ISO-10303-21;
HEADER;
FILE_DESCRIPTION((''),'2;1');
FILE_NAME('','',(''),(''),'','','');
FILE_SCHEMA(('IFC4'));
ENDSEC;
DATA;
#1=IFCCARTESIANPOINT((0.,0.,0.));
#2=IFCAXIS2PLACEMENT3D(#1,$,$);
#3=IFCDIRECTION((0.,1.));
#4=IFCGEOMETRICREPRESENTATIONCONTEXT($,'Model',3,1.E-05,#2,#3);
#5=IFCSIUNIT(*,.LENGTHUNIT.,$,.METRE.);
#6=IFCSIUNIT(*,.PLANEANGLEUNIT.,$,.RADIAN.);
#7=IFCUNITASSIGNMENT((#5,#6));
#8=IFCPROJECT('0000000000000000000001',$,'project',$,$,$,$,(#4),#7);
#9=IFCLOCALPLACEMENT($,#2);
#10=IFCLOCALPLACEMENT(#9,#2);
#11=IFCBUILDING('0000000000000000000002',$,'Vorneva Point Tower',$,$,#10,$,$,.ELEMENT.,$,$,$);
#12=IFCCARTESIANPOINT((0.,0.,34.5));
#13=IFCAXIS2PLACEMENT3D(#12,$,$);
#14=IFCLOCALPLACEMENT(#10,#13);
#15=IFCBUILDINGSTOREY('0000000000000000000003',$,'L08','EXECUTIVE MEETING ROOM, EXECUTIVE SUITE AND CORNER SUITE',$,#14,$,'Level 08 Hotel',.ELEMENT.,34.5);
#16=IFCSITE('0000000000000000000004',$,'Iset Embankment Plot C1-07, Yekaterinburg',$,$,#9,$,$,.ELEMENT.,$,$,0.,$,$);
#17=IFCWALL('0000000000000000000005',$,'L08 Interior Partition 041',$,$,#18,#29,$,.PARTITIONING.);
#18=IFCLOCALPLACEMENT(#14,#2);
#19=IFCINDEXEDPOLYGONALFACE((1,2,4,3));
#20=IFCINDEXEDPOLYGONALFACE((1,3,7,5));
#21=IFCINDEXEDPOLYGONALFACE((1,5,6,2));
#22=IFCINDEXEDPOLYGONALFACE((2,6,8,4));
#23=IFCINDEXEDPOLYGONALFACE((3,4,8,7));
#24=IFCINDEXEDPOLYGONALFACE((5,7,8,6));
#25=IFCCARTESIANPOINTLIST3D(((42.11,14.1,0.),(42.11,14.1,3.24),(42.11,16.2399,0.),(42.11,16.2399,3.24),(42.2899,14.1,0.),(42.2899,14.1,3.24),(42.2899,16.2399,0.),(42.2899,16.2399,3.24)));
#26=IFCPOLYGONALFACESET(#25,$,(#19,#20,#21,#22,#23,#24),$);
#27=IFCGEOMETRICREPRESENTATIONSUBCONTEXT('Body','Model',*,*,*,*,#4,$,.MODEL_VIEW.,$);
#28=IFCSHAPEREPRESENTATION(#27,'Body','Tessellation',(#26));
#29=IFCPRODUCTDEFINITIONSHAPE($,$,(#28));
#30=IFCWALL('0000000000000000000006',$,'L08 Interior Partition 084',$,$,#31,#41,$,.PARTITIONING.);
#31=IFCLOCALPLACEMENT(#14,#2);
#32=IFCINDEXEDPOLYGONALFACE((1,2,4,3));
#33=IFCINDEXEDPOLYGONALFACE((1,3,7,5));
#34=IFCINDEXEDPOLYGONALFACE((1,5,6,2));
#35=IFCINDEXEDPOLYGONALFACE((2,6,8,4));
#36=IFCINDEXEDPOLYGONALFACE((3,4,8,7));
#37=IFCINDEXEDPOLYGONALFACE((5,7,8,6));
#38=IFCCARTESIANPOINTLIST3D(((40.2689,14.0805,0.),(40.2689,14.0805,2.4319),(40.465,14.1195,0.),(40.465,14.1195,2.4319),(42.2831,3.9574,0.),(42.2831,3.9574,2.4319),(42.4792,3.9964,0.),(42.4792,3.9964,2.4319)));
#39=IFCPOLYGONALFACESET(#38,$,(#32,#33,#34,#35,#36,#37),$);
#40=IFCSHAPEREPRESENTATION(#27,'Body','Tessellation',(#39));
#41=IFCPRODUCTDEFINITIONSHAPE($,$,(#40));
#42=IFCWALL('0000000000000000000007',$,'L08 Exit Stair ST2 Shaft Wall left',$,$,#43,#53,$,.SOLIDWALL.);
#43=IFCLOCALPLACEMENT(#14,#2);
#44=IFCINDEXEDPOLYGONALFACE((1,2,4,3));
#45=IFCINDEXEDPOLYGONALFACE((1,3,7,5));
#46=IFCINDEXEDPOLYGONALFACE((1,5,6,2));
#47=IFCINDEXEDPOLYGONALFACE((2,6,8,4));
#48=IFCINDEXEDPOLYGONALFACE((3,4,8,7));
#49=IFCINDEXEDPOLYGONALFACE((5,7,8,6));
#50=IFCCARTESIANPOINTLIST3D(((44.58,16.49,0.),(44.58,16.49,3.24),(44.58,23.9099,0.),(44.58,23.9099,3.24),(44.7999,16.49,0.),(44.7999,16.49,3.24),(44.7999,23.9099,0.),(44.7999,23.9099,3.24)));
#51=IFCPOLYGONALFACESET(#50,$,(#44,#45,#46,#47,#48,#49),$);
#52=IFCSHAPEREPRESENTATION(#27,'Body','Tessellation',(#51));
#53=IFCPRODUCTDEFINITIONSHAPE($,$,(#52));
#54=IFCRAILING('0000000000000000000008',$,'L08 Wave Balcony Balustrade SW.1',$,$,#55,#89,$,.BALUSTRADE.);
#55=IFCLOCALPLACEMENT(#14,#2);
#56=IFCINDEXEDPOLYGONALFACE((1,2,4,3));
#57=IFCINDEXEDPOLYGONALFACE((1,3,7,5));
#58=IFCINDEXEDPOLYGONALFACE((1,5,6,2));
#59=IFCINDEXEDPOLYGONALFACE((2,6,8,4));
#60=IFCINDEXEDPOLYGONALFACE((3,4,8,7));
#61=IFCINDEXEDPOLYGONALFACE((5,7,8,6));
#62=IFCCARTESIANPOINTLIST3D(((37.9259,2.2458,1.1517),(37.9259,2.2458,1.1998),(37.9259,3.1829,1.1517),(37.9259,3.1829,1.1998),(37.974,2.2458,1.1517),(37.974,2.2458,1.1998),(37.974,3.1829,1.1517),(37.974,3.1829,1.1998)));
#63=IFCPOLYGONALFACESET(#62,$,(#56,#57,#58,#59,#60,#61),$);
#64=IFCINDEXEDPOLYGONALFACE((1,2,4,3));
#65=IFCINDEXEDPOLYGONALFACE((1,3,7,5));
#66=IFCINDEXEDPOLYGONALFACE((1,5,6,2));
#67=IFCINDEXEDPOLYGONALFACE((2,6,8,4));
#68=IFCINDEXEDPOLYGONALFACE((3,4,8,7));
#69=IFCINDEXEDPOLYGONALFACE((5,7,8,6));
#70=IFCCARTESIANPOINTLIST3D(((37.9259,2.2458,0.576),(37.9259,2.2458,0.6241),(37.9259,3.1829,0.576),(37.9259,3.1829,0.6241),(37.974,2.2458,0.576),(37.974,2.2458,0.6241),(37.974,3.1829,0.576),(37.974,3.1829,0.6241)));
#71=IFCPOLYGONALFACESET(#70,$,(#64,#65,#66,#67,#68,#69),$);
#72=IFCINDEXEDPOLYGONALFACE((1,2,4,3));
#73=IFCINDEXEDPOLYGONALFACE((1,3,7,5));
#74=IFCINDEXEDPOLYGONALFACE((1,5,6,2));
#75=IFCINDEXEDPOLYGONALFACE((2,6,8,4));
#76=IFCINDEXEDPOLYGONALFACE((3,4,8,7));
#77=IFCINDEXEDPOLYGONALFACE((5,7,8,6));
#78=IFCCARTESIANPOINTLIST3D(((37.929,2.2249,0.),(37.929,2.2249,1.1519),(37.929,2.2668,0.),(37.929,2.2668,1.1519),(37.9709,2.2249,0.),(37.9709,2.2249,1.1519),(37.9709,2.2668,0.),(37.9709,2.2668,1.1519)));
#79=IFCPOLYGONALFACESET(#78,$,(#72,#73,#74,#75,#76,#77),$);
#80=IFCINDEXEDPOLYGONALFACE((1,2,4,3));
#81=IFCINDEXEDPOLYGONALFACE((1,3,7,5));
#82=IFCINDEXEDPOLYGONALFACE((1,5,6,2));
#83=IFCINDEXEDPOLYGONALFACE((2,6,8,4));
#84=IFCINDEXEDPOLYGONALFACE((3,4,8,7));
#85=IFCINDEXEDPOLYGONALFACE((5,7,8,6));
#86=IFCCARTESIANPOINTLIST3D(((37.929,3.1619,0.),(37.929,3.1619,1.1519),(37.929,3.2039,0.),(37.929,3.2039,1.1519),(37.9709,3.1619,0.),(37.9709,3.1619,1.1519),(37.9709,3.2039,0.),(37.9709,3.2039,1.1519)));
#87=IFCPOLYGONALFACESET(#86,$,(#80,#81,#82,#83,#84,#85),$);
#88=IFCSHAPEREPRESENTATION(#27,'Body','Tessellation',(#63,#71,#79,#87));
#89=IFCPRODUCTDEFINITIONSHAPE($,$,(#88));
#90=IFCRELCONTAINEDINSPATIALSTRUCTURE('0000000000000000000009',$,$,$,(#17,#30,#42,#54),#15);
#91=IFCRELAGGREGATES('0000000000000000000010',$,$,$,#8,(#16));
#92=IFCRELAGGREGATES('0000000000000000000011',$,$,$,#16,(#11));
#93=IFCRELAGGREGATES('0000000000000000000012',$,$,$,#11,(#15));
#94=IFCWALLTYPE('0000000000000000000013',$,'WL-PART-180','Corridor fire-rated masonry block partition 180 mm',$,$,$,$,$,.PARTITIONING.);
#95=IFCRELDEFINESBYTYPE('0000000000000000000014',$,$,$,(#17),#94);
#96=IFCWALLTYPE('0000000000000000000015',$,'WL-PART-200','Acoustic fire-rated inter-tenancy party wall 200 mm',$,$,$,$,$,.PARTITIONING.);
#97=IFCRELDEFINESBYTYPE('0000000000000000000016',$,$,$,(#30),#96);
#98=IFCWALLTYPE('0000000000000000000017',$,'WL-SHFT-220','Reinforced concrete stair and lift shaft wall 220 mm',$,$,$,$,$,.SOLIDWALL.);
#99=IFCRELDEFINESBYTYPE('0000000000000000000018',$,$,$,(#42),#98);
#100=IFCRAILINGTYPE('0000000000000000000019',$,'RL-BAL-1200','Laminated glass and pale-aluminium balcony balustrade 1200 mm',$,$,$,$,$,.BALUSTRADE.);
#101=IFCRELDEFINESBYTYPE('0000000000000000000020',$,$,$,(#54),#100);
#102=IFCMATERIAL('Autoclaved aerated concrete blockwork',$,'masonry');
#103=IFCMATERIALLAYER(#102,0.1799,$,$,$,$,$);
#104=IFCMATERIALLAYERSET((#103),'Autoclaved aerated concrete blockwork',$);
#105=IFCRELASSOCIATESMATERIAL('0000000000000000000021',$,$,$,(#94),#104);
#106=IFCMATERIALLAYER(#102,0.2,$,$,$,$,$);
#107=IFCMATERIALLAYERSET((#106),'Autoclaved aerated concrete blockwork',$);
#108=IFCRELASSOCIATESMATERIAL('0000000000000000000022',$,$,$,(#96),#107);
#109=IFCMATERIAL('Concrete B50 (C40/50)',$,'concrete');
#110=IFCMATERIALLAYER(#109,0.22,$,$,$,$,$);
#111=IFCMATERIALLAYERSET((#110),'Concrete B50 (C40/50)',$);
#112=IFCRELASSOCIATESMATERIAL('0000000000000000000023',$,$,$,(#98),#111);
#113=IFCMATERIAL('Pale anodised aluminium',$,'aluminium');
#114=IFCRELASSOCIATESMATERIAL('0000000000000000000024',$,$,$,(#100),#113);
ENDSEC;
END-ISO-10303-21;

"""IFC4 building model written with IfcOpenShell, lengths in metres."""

from ifc_helpers import new_model, si_unit, direction, frame, frame_2d, origin, origin_2d, place, context, subcontext, project, spatial, rectangle, extrude, material, layer, layer_set, type_object, element, save


model = new_model("IFC4")

# Units and contexts
model_context = context("Model", 3, precision=1e-05, world=origin(), true_north=direction((0.0, 1.0)))
body_context = subcontext(model_context, "Body", "Model", "MODEL_VIEW")
ifc_project = project(units=[si_unit("LENGTHUNIT", "METRE"), si_unit("PLANEANGLEUNIT", "RADIAN")], contexts=[model_context])

# Site, building, storey
site_placement = place(None, origin())
site = spatial("IfcSite", under=ifc_project, at=site_placement, Name="Iset Embankment Plot C1-07, Yekaterinburg", CompositionType="ELEMENT", RefElevation=0.0)
building_placement = place(site_placement, origin())
building = spatial("IfcBuilding", under=site, at=building_placement, Name="Vorneva Point Tower", CompositionType="ELEMENT")
storey_placement = place(building_placement, frame((0.0, 0.0, 34.5)))
storey = spatial("IfcBuildingStorey", under=building, at=storey_placement, Name="L08", Description="EXECUTIVE MEETING ROOM, EXECUTIVE SUITE AND CORNER SUITE", LongName="Level 08 Hotel", CompositionType="ELEMENT", Elevation=34.5)

# Shared definitions
ifc_material_1 = material(Name="Pale anodised aluminium", Category="aluminium")

# Shared definitions
ifc_material_2 = material(Name="Autoclaved aerated concrete blockwork", Category="masonry")
ifc_layer_1 = layer(ifc_material_2, 0.1799)
ifc_layer_set_1 = layer_set([ifc_layer_1], Name="Autoclaved aerated concrete blockwork")
wall_type_1 = type_object("IfcWallType", Name="WL-PART-180", Description="Corridor fire-rated masonry block partition 180 mm", PredefinedType="PARTITIONING", material=ifc_layer_set_1)

# Walls
wall_1_placement = place(storey_placement, frame((42.2, 14.1001, 0.0), z_axis=(0.0, 0.0, 1.0), x_axis=(0.0, 1.0, 0.0)))
element("IfcWall", 1, at=wall_1_placement, inside=storey, type_object=wall_type_1, Name="L08 Interior Partition 041", PredefinedType="PARTITIONING", context=body_context, shape_type="SweptSolid", body=[
    extrude(rectangle(XDim=2.1399, YDim=0.1799, at=frame_2d((1.0698, 0.0))), origin(), (0.0, 0.0, 1.0), 3.24),
])
ifc_layer_2 = layer(ifc_material_2, 0.2)
ifc_layer_set_2 = layer_set([ifc_layer_2], Name="Autoclaved aerated concrete blockwork")
wall_type_2 = type_object("IfcWallType", Name="WL-PART-200", Description="Acoustic fire-rated inter-tenancy party wall 200 mm", PredefinedType="PARTITIONING", material=ifc_layer_set_2)
wall_2_placement = place(storey_placement, frame((42.3811, 3.9771, 0.0), z_axis=(0.0, 0.0, 1.0), x_axis=(-0.195143, 0.980775, 0.0)))
element("IfcWall", 2, at=wall_2_placement, inside=storey, type_object=wall_type_2, Name="L08 Interior Partition 084", PredefinedType="PARTITIONING", context=body_context, shape_type="SweptSolid", body=[
    extrude(rectangle(XDim=10.3215, YDim=0.2, at=frame_2d((5.1606, 0.0))), origin(), (0.0, 0.0, 1.0), 2.4319),
])
ifc_material_3 = material(Name="Concrete B50 (C40/50)", Category="concrete")
ifc_layer_3 = layer(ifc_material_3, 0.22)
ifc_layer_set_3 = layer_set([ifc_layer_3], Name="Concrete B50 (C40/50)")
wall_type_3 = type_object("IfcWallType", Name="WL-SHFT-220", Description="Reinforced concrete stair and lift shaft wall 220 mm", PredefinedType="SOLIDWALL", material=ifc_layer_set_3)
wall_3_placement = place(storey_placement, frame((44.6899, 16.49, 0.0), z_axis=(0.0, 0.0, 1.0), x_axis=(0.0, 1.0, 0.0)))
element("IfcWall", 3, at=wall_3_placement, inside=storey, type_object=wall_type_3, Name="L08 Exit Stair ST2 Shaft Wall left", PredefinedType="SOLIDWALL", context=body_context, shape_type="SweptSolid", body=[
    extrude(rectangle(XDim=7.4199, YDim=0.22, at=frame_2d((3.71, 0.0))), origin(), (0.0, 0.0, 1.0), 3.24),
])

# Railing
railing_type = type_object("IfcRailingType", Name="RL-BAL-1200", Description="Laminated glass and pale-aluminium balcony balustrade 1200 mm", PredefinedType="BALUSTRADE", material=ifc_material_1)
railing_placement = place(storey_placement, frame((37.95, 2.2458, 0.0)))
element("IfcRailing", 4, at=railing_placement, inside=storey, type_object=railing_type, Name="L08 Wave Balcony Balustrade SW.1", PredefinedType="BALUSTRADE", context=body_context, shape_type="SweptSolid", body=[
    extrude(rectangle(XDim=0.0481, YDim=0.0481, at=origin_2d()), frame((0.0, 0.0, 1.1758), z_axis=(0.0, 1.0, 0.0), x_axis=(-1.0, 0.0, 0.0)), (0.0, 0.0, 1.0), 0.937),
    extrude(rectangle(XDim=0.0481, YDim=0.0481, at=origin_2d()), frame((0.0, 0.0, 0.6001), z_axis=(0.0, 1.0, 0.0), x_axis=(-1.0, 0.0, 0.0)), (0.0, 0.0, 1.0), 0.937),
    extrude(rectangle(XDim=0.042, YDim=0.042, at=origin_2d()), origin(), (0.0, 0.0, 1.0), 1.1519),
    extrude(rectangle(XDim=0.042, YDim=0.042, at=origin_2d()), frame((0.0, 0.937, 0.0)), (0.0, 0.0, 1.0), 1.1519),
])

save(model, "model.ifc")
